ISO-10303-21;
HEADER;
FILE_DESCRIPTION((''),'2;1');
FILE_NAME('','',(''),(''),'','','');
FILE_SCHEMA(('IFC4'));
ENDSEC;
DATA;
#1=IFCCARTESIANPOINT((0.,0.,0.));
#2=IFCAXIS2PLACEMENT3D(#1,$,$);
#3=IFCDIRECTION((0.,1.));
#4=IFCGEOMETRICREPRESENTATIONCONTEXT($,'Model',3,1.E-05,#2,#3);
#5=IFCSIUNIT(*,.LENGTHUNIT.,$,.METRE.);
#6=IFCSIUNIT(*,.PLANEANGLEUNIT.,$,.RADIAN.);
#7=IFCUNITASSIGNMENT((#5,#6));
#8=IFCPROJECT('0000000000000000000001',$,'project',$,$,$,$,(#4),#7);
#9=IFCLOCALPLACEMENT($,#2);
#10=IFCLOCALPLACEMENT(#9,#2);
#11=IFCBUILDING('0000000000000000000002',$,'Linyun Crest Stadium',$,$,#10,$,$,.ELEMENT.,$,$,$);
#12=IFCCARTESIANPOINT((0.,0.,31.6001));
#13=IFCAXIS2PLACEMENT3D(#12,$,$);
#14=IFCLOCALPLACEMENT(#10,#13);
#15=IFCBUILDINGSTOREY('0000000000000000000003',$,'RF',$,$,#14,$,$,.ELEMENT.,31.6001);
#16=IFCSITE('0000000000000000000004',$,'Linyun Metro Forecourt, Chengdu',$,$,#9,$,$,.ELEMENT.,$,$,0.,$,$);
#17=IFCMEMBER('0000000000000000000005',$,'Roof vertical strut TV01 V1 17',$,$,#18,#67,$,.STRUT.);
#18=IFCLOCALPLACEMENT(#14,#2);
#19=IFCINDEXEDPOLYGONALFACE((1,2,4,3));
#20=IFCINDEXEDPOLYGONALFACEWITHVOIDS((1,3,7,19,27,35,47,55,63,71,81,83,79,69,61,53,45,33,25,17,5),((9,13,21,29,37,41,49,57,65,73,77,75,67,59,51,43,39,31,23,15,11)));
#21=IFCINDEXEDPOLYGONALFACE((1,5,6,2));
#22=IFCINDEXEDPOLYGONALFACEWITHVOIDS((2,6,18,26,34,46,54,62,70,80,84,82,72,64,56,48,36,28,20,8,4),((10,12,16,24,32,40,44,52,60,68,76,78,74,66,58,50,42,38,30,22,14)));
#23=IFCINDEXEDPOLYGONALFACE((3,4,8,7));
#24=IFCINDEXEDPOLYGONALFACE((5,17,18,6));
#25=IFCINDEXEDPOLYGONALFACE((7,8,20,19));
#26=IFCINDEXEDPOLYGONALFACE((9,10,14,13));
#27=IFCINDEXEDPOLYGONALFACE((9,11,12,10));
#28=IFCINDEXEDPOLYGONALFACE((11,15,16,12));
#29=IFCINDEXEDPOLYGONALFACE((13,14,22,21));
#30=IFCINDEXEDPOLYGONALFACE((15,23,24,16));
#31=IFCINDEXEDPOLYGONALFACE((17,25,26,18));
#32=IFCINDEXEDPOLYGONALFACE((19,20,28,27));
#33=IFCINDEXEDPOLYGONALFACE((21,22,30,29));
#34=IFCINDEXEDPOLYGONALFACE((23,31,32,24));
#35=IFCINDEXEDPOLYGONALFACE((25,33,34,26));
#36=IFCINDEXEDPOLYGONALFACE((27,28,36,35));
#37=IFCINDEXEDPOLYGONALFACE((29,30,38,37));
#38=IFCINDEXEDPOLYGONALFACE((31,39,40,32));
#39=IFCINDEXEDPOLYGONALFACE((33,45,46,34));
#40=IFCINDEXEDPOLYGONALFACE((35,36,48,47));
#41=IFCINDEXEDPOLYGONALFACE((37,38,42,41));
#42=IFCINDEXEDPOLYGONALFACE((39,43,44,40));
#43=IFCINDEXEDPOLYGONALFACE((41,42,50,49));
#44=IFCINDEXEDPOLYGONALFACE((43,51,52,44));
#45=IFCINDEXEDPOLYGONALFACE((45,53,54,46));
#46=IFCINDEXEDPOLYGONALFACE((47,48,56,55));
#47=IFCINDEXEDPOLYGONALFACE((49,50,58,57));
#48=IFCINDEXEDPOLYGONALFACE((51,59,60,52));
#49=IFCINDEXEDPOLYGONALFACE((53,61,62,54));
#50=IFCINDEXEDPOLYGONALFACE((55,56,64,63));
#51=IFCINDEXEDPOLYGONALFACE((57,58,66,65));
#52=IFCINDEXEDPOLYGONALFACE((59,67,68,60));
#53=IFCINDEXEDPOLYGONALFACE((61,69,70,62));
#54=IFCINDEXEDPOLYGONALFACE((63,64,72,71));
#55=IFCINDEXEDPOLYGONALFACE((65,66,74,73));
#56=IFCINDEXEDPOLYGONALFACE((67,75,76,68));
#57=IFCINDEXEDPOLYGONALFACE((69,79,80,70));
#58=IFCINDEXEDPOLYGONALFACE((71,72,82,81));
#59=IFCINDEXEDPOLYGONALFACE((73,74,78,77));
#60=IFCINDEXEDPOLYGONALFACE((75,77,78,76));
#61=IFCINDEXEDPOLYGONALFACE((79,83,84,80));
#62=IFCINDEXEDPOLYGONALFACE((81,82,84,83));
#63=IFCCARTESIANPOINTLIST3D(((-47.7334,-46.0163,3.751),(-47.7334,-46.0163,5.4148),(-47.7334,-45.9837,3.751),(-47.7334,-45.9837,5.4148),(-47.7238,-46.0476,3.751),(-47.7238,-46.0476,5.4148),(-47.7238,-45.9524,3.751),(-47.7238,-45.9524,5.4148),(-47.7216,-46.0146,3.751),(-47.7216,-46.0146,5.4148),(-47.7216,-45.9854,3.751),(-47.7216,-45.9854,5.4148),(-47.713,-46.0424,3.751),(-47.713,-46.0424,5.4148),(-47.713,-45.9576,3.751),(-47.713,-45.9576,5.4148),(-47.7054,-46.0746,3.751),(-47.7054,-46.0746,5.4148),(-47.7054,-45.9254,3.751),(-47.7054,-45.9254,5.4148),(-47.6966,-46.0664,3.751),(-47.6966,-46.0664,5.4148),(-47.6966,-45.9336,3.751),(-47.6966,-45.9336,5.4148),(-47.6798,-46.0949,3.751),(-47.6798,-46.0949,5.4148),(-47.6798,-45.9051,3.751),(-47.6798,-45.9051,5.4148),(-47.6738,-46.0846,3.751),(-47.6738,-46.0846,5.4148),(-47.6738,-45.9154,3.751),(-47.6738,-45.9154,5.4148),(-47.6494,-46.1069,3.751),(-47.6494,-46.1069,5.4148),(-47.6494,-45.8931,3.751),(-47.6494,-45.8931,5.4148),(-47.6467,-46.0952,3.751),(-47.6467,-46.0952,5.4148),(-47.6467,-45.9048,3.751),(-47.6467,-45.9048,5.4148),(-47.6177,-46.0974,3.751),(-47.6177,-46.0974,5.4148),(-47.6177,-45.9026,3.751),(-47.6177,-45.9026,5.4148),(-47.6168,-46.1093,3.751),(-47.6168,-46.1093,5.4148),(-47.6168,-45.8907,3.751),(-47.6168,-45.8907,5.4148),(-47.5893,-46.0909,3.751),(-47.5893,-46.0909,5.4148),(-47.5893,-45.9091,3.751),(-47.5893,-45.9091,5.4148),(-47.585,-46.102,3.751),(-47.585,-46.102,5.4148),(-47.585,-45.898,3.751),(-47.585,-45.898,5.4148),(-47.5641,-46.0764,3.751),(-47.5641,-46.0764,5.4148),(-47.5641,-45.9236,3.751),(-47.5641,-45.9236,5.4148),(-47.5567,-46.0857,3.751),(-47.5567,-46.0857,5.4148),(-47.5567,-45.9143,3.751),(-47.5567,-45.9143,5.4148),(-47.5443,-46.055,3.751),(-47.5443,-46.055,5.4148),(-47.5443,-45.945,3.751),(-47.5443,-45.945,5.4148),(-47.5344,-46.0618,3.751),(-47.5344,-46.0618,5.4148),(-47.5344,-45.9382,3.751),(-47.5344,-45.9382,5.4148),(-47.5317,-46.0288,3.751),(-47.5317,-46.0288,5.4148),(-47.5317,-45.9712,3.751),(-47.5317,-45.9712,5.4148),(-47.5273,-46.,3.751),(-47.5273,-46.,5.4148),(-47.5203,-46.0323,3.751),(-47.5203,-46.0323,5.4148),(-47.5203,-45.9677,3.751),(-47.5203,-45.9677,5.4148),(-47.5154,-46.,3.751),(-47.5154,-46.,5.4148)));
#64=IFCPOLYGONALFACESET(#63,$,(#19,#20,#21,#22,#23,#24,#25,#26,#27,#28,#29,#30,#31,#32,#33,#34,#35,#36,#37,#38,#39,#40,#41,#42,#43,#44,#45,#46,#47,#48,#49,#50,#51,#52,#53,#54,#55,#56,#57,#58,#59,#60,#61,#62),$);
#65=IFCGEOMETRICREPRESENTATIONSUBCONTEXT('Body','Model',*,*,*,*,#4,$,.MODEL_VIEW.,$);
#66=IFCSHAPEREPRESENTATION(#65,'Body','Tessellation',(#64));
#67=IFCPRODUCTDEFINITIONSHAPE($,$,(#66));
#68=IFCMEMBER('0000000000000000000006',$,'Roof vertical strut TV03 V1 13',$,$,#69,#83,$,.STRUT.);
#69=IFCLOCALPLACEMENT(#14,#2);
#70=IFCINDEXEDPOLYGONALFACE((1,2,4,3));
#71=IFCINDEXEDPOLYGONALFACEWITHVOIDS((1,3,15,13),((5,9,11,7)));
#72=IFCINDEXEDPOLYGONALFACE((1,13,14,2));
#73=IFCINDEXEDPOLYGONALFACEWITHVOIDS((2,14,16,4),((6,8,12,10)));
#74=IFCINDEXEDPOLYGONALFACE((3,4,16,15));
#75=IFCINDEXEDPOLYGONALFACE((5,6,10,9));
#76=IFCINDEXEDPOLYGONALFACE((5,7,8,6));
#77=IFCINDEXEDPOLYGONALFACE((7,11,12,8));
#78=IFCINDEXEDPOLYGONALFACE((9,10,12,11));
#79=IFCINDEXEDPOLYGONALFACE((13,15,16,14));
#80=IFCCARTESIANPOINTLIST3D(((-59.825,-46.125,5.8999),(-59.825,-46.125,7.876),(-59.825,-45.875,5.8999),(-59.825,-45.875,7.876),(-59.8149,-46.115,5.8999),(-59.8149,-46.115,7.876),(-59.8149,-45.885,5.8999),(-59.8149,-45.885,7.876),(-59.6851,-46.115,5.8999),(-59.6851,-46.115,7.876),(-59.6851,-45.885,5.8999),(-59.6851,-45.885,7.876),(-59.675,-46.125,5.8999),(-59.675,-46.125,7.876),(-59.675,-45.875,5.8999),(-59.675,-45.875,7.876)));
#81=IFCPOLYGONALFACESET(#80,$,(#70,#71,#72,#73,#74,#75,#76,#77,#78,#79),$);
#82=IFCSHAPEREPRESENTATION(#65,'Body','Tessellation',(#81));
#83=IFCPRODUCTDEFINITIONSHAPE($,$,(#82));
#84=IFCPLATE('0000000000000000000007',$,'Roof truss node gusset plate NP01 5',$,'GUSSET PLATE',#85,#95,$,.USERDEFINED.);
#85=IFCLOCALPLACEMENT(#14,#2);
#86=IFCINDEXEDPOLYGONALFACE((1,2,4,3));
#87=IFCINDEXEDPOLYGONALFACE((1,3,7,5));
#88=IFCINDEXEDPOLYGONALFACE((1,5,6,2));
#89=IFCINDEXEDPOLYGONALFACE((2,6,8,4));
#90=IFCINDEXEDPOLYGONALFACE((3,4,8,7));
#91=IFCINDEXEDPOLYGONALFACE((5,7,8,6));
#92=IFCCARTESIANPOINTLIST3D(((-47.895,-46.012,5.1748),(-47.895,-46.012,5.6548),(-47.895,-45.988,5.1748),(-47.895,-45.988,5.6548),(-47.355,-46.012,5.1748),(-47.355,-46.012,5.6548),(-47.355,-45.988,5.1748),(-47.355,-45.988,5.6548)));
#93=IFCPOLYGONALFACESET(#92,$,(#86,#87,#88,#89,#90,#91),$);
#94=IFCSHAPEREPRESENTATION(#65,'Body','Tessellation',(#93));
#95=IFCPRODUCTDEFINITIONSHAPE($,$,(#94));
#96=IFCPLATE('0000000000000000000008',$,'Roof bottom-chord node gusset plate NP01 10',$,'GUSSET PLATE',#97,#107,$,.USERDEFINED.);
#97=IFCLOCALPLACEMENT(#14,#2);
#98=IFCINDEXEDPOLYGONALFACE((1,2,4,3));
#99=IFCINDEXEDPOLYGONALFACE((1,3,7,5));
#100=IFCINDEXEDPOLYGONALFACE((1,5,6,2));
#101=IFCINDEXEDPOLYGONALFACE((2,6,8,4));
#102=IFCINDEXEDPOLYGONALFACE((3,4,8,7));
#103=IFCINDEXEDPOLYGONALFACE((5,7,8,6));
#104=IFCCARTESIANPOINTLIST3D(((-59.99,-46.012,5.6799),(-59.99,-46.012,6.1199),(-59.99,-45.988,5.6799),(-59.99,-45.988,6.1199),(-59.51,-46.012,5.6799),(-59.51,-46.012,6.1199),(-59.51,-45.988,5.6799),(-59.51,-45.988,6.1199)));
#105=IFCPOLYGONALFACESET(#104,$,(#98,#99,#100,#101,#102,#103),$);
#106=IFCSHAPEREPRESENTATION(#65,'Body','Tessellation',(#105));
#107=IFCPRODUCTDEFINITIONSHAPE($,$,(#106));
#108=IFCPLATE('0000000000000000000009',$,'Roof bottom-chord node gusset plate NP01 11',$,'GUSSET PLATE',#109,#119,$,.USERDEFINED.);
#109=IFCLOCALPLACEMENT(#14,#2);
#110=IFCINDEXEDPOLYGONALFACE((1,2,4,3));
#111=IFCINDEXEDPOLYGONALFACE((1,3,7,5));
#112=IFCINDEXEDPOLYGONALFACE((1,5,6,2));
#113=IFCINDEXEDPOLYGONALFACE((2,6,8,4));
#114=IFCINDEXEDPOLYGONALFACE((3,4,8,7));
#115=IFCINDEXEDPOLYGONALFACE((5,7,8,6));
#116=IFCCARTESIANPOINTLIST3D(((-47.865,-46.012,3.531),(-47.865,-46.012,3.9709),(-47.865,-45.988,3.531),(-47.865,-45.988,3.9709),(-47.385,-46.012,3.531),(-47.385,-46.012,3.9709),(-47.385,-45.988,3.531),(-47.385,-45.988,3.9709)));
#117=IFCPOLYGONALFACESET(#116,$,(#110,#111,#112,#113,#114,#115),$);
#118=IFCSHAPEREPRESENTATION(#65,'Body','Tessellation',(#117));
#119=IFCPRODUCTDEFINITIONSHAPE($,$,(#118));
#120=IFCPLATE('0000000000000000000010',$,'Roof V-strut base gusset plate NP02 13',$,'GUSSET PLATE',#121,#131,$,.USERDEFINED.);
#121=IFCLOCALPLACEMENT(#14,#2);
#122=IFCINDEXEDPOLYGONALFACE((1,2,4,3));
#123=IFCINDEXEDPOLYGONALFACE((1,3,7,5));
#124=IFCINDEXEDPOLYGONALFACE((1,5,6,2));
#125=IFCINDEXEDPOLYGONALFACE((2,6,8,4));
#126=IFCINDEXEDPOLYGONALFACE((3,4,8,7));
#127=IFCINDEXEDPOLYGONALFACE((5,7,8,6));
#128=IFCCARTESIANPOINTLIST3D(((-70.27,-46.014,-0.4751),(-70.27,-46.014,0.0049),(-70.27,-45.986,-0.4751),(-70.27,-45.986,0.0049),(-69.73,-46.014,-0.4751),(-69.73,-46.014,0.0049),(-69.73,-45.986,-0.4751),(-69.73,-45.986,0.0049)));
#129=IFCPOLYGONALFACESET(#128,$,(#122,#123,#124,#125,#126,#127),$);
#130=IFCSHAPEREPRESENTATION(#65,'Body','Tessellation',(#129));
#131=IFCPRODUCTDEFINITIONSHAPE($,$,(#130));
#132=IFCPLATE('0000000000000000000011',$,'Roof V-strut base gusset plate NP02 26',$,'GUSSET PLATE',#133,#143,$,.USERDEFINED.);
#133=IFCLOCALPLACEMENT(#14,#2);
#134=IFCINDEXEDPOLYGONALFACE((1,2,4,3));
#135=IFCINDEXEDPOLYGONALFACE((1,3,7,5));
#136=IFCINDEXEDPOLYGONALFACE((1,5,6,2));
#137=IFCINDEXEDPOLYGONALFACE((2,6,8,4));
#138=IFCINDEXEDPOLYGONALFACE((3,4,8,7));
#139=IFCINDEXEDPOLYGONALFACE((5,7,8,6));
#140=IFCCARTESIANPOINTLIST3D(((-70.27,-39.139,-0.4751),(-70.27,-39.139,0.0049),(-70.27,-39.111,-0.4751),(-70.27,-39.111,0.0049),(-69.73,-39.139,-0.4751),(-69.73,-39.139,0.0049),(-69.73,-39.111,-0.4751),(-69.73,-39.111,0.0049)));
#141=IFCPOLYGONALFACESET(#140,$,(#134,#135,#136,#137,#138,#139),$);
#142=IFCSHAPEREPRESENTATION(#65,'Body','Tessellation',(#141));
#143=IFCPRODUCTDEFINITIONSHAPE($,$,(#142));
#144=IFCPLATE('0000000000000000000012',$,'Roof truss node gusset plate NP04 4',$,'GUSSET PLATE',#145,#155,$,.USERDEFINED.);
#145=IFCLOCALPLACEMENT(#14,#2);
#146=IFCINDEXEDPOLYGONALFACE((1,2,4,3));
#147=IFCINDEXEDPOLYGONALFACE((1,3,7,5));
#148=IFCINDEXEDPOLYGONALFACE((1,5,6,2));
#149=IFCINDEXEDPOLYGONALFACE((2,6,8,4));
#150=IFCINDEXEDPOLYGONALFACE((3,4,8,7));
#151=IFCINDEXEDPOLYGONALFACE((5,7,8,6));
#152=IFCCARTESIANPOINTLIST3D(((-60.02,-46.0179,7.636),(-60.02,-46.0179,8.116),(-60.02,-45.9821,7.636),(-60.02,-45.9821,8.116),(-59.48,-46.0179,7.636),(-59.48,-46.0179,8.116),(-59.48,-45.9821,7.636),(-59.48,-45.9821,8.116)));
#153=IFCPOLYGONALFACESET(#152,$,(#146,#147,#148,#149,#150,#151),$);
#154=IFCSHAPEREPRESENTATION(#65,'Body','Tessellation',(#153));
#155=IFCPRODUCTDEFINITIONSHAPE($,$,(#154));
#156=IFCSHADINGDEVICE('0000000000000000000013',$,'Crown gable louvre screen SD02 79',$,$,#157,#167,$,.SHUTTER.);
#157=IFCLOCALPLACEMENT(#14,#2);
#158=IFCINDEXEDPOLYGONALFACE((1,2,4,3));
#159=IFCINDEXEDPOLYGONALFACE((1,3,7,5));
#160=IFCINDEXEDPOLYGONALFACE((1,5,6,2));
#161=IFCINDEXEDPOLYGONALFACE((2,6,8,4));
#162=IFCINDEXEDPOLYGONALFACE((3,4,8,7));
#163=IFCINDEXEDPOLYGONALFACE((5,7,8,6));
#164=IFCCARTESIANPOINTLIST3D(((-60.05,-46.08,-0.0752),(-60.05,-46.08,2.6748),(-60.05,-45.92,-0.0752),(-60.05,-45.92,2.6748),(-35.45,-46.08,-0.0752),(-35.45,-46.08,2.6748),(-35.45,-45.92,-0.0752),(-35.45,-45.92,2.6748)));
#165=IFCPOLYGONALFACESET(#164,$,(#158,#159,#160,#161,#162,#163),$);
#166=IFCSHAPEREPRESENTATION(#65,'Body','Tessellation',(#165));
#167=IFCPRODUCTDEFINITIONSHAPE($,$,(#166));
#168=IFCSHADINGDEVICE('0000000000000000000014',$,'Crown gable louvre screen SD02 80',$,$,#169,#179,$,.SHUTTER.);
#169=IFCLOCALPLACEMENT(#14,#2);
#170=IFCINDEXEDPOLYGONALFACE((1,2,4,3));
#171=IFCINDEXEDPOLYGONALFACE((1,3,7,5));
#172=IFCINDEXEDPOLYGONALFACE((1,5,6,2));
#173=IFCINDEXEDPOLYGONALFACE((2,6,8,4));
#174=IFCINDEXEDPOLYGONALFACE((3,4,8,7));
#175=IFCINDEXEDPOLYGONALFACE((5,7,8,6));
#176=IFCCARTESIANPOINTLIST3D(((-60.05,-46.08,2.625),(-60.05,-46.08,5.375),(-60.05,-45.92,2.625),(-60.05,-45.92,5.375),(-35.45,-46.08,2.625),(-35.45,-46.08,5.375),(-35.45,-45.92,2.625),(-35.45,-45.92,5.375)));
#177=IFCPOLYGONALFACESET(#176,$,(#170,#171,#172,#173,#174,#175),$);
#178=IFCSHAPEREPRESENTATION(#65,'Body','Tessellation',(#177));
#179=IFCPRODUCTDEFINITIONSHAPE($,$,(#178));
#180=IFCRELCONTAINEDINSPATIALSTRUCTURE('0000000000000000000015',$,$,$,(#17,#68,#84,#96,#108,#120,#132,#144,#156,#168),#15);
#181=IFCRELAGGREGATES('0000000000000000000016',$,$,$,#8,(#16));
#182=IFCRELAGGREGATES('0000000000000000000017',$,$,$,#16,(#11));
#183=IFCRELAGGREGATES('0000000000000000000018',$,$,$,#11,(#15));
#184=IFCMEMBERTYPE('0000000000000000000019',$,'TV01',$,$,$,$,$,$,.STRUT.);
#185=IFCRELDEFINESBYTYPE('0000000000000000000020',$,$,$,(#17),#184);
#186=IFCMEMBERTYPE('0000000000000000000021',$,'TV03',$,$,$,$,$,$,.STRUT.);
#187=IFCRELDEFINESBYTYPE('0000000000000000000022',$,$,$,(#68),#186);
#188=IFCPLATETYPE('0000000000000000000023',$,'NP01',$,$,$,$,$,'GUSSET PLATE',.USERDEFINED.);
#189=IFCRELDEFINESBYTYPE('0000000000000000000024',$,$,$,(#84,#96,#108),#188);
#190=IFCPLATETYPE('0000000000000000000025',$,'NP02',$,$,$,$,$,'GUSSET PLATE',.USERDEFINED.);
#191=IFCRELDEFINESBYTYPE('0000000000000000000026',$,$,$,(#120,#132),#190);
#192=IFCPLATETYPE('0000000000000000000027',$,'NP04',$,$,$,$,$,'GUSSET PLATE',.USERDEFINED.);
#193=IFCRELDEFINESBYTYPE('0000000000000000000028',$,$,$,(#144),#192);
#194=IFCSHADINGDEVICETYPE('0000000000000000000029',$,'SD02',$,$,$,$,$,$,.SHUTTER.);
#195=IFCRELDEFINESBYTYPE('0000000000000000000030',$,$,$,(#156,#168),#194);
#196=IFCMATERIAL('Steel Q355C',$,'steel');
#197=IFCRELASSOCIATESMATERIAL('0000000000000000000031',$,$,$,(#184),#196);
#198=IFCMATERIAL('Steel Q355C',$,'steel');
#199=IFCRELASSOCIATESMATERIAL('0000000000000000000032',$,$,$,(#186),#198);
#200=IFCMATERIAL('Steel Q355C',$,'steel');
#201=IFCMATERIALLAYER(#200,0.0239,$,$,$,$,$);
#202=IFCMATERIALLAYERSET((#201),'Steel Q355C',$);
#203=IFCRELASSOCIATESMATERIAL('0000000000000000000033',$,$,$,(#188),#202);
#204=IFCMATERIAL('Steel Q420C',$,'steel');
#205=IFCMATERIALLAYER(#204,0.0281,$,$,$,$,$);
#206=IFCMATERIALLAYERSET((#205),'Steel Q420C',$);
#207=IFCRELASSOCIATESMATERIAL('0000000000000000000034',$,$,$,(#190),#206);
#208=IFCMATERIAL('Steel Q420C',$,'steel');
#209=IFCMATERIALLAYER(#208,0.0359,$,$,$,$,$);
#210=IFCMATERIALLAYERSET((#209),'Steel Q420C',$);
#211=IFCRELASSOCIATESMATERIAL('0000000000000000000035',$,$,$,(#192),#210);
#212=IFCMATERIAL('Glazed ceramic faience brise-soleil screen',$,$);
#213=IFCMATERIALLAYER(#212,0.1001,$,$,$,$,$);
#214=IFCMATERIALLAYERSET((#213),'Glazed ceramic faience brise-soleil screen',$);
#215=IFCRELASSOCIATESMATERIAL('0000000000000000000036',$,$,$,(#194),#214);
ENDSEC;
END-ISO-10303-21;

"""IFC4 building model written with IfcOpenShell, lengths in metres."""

from ifc_helpers import new_model, si_unit, direction, frame, origin, origin_2d, place, context, subcontext, project, spatial, rectangle, hollow_rectangle, hollow_circle, extrude, material, layer, layer_set, material_profile, profile_set, type_object, element, save


model = new_model("IFC4")

# Units and contexts
model_context = context("Model", 3, precision=1e-05, world=origin(), true_north=direction((0.0, 1.0)))
body_context = subcontext(model_context, "Body", "Model", "MODEL_VIEW")
ifc_project = project(units=[si_unit("LENGTHUNIT", "METRE"), si_unit("PLANEANGLEUNIT", "RADIAN")], contexts=[model_context])

# Site, building, storey
site_placement = place(None, origin())
site = spatial("IfcSite", under=ifc_project, at=site_placement, Name="Linyun Metro Forecourt, Chengdu", CompositionType="ELEMENT", RefElevation=0.0)
building_placement = place(site_placement, origin())
building = spatial("IfcBuilding", under=site, at=building_placement, Name="Linyun Crest Stadium", CompositionType="ELEMENT")
storey_placement = place(building_placement, frame((0.0, 0.0, 31.6001)))
storey = spatial("IfcBuildingStorey", under=building, at=storey_placement, Name="RF", CompositionType="ELEMENT", Elevation=31.6001)

# Members
ifc_material_1 = material(Name="Steel Q355C", Category="steel")
ifc_material_profile_1 = material_profile(ifc_material_1, hollow_circle(Radius=0.1096, WallThickness=0.012, at=origin_2d()), Name="CHS 219x12")
ifc_profile_set_1 = profile_set([ifc_material_profile_1], Name="Steel Q355C")
member_type_1 = type_object("IfcMemberType", Name="TV01", PredefinedType="STRUT", material=ifc_profile_set_1)
member_1_placement = place(storey_placement, frame((-47.625, -46.0, 3.751), z_axis=(0.0, 0.0, 1.0), x_axis=(1.0, 0.0, 0.0)))
element("IfcMember", 1, at=member_1_placement, inside=storey, type_object=member_type_1, Name="Roof vertical strut TV01 V1 17", PredefinedType="STRUT", context=body_context, shape_type="SweptSolid", body=[
    extrude(hollow_circle(Radius=0.1096, WallThickness=0.012, at=origin_2d()), origin(), (0.0, 0.0, 1.0), 1.6638),
])
ifc_material_2 = material(Name="Steel Q355C", Category="steel")
ifc_material_profile_2 = material_profile(ifc_material_2, hollow_rectangle(XDim=0.1499, YDim=0.25, WallThickness=0.01, at=origin_2d()), Name="RHS 250x150x10")
ifc_profile_set_2 = profile_set([ifc_material_profile_2], Name="Steel Q355C")
member_type_2 = type_object("IfcMemberType", Name="TV03", PredefinedType="STRUT", material=ifc_profile_set_2)
member_2_placement = place(storey_placement, frame((-59.75, -46.0, 5.8999), z_axis=(0.0, 0.0, 1.0), x_axis=(1.0, 0.0, 0.0)))
element("IfcMember", 2, at=member_2_placement, inside=storey, type_object=member_type_2, Name="Roof vertical strut TV03 V1 13", PredefinedType="STRUT", context=body_context, shape_type="SweptSolid", body=[
    extrude(hollow_rectangle(XDim=0.1499, YDim=0.25, WallThickness=0.01, at=origin_2d()), origin(), (0.0, 0.0, 1.0), 1.9761),
])

# Plates
ifc_material_3 = material(Name="Steel Q355C", Category="steel")
ifc_layer_1 = layer(ifc_material_3, 0.0239)
ifc_layer_set_1 = layer_set([ifc_layer_1], Name="Steel Q355C")
plate_type_1 = type_object("IfcPlateType", Name="NP01", ElementType="GUSSET PLATE", PredefinedType="USERDEFINED", material=ifc_layer_set_1)
plate_1_placement = place(storey_placement, frame((-47.625, -46.0, 5.1748), z_axis=(0.0, 0.0, 1.0), x_axis=(1.0, 0.0, 0.0)))
element("IfcPlate", 3, at=plate_1_placement, inside=storey, type_object=plate_type_1, Name="Roof truss node gusset plate NP01 5", ObjectType="GUSSET PLATE", PredefinedType="USERDEFINED", context=body_context, shape_type="SweptSolid", body=[
    extrude(rectangle(XDim=0.54, YDim=0.0239, at=origin_2d()), origin(), (0.0, 0.0, 1.0), 0.48),
])
for number, where, z_axis, x_axis, name in (
    (4, (-59.75, -46.0, 5.6799), (0.0, 0.0, 1.0), (1.0, 0.0, 0.0), "Roof bottom-chord node gusset plate NP01 10"),
    (5, (-47.625, -46.0, 3.531), (0.0, 0.0, 1.0), (1.0, 0.0, 0.0), "Roof bottom-chord node gusset plate NP01 11"),
):
    element("IfcPlate", number, at=place(storey_placement, frame(where, z_axis=z_axis, x_axis=x_axis)), inside=storey, type_object=plate_type_1, Name=name, ObjectType="GUSSET PLATE", PredefinedType="USERDEFINED", context=body_context, shape_type="SweptSolid", body=[
        extrude(rectangle(XDim=0.48, YDim=0.0239, at=origin_2d()), origin(), (0.0, 0.0, 1.0), 0.4399),
    ])
ifc_material_4 = material(Name="Steel Q420C", Category="steel")
ifc_layer_2 = layer(ifc_material_4, 0.0281)
ifc_layer_set_2 = layer_set([ifc_layer_2], Name="Steel Q420C")
plate_type_2 = type_object("IfcPlateType", Name="NP02", ElementType="GUSSET PLATE", PredefinedType="USERDEFINED", material=ifc_layer_set_2)
for number, where, z_axis, x_axis, name in (
    (6, (-70.0, -46.0, -0.4751), (0.0, 0.0, 1.0), (1.0, 0.0, 0.0), "Roof V-strut base gusset plate NP02 13"),
    (7, (-70.0, -39.125, -0.4751), (0.0, 0.0, 1.0), (1.0, 0.0, 0.0), "Roof V-strut base gusset plate NP02 26"),
):
    element("IfcPlate", number, at=place(storey_placement, frame(where, z_axis=z_axis, x_axis=x_axis)), inside=storey, type_object=plate_type_2, Name=name, ObjectType="GUSSET PLATE", PredefinedType="USERDEFINED", context=body_context, shape_type="SweptSolid", body=[
        extrude(rectangle(XDim=0.54, YDim=0.0281, at=origin_2d()), origin(), (0.0, 0.0, 1.0), 0.48),
    ])
ifc_material_5 = material(Name="Steel Q420C", Category="steel")
ifc_layer_3 = layer(ifc_material_5, 0.0359)
ifc_layer_set_3 = layer_set([ifc_layer_3], Name="Steel Q420C")
plate_type_3 = type_object("IfcPlateType", Name="NP04", ElementType="GUSSET PLATE", PredefinedType="USERDEFINED", material=ifc_layer_set_3)
plate_2_placement = place(storey_placement, frame((-59.75, -46.0, 7.636), z_axis=(0.0, 0.0, 1.0), x_axis=(1.0, 0.0, 0.0)))
element("IfcPlate", 8, at=plate_2_placement, inside=storey, type_object=plate_type_3, Name="Roof truss node gusset plate NP04 4", ObjectType="GUSSET PLATE", PredefinedType="USERDEFINED", context=body_context, shape_type="SweptSolid", body=[
    extrude(rectangle(XDim=0.54, YDim=0.0359, at=origin_2d()), origin(), (0.0, 0.0, 1.0), 0.48),
])

# Shading devices
ifc_material_6 = material(Name="Glazed ceramic faience brise-soleil screen")
ifc_layer_4 = layer(ifc_material_6, 0.1001)
ifc_layer_set_4 = layer_set([ifc_layer_4], Name="Glazed ceramic faience brise-soleil screen")
shading_device_type = type_object("IfcShadingDeviceType", Name="SD02", PredefinedType="SHUTTER", material=ifc_layer_set_4)
for number, where, z_axis, x_axis, name in (
    (9, (-47.75, -46.0, -0.0752), (0.0, 0.0, 1.0), (1.0, 0.0, 0.0), "Crown gable louvre screen SD02 79"),
    (10, (-47.75, -46.0, 2.625), (0.0, 0.0, 1.0), (1.0, 0.0, 0.0), "Crown gable louvre screen SD02 80"),
):
    element("IfcShadingDevice", number, at=place(storey_placement, frame(where, z_axis=z_axis, x_axis=x_axis)), inside=storey, type_object=shading_device_type, Name=name, PredefinedType="SHUTTER", context=body_context, shape_type="SweptSolid", body=[
        extrude(rectangle(XDim=24.6001, YDim=0.1599, at=origin_2d()), origin(), (0.0, 0.0, 1.0), 2.75),
    ])

save(model, "model.ifc")
